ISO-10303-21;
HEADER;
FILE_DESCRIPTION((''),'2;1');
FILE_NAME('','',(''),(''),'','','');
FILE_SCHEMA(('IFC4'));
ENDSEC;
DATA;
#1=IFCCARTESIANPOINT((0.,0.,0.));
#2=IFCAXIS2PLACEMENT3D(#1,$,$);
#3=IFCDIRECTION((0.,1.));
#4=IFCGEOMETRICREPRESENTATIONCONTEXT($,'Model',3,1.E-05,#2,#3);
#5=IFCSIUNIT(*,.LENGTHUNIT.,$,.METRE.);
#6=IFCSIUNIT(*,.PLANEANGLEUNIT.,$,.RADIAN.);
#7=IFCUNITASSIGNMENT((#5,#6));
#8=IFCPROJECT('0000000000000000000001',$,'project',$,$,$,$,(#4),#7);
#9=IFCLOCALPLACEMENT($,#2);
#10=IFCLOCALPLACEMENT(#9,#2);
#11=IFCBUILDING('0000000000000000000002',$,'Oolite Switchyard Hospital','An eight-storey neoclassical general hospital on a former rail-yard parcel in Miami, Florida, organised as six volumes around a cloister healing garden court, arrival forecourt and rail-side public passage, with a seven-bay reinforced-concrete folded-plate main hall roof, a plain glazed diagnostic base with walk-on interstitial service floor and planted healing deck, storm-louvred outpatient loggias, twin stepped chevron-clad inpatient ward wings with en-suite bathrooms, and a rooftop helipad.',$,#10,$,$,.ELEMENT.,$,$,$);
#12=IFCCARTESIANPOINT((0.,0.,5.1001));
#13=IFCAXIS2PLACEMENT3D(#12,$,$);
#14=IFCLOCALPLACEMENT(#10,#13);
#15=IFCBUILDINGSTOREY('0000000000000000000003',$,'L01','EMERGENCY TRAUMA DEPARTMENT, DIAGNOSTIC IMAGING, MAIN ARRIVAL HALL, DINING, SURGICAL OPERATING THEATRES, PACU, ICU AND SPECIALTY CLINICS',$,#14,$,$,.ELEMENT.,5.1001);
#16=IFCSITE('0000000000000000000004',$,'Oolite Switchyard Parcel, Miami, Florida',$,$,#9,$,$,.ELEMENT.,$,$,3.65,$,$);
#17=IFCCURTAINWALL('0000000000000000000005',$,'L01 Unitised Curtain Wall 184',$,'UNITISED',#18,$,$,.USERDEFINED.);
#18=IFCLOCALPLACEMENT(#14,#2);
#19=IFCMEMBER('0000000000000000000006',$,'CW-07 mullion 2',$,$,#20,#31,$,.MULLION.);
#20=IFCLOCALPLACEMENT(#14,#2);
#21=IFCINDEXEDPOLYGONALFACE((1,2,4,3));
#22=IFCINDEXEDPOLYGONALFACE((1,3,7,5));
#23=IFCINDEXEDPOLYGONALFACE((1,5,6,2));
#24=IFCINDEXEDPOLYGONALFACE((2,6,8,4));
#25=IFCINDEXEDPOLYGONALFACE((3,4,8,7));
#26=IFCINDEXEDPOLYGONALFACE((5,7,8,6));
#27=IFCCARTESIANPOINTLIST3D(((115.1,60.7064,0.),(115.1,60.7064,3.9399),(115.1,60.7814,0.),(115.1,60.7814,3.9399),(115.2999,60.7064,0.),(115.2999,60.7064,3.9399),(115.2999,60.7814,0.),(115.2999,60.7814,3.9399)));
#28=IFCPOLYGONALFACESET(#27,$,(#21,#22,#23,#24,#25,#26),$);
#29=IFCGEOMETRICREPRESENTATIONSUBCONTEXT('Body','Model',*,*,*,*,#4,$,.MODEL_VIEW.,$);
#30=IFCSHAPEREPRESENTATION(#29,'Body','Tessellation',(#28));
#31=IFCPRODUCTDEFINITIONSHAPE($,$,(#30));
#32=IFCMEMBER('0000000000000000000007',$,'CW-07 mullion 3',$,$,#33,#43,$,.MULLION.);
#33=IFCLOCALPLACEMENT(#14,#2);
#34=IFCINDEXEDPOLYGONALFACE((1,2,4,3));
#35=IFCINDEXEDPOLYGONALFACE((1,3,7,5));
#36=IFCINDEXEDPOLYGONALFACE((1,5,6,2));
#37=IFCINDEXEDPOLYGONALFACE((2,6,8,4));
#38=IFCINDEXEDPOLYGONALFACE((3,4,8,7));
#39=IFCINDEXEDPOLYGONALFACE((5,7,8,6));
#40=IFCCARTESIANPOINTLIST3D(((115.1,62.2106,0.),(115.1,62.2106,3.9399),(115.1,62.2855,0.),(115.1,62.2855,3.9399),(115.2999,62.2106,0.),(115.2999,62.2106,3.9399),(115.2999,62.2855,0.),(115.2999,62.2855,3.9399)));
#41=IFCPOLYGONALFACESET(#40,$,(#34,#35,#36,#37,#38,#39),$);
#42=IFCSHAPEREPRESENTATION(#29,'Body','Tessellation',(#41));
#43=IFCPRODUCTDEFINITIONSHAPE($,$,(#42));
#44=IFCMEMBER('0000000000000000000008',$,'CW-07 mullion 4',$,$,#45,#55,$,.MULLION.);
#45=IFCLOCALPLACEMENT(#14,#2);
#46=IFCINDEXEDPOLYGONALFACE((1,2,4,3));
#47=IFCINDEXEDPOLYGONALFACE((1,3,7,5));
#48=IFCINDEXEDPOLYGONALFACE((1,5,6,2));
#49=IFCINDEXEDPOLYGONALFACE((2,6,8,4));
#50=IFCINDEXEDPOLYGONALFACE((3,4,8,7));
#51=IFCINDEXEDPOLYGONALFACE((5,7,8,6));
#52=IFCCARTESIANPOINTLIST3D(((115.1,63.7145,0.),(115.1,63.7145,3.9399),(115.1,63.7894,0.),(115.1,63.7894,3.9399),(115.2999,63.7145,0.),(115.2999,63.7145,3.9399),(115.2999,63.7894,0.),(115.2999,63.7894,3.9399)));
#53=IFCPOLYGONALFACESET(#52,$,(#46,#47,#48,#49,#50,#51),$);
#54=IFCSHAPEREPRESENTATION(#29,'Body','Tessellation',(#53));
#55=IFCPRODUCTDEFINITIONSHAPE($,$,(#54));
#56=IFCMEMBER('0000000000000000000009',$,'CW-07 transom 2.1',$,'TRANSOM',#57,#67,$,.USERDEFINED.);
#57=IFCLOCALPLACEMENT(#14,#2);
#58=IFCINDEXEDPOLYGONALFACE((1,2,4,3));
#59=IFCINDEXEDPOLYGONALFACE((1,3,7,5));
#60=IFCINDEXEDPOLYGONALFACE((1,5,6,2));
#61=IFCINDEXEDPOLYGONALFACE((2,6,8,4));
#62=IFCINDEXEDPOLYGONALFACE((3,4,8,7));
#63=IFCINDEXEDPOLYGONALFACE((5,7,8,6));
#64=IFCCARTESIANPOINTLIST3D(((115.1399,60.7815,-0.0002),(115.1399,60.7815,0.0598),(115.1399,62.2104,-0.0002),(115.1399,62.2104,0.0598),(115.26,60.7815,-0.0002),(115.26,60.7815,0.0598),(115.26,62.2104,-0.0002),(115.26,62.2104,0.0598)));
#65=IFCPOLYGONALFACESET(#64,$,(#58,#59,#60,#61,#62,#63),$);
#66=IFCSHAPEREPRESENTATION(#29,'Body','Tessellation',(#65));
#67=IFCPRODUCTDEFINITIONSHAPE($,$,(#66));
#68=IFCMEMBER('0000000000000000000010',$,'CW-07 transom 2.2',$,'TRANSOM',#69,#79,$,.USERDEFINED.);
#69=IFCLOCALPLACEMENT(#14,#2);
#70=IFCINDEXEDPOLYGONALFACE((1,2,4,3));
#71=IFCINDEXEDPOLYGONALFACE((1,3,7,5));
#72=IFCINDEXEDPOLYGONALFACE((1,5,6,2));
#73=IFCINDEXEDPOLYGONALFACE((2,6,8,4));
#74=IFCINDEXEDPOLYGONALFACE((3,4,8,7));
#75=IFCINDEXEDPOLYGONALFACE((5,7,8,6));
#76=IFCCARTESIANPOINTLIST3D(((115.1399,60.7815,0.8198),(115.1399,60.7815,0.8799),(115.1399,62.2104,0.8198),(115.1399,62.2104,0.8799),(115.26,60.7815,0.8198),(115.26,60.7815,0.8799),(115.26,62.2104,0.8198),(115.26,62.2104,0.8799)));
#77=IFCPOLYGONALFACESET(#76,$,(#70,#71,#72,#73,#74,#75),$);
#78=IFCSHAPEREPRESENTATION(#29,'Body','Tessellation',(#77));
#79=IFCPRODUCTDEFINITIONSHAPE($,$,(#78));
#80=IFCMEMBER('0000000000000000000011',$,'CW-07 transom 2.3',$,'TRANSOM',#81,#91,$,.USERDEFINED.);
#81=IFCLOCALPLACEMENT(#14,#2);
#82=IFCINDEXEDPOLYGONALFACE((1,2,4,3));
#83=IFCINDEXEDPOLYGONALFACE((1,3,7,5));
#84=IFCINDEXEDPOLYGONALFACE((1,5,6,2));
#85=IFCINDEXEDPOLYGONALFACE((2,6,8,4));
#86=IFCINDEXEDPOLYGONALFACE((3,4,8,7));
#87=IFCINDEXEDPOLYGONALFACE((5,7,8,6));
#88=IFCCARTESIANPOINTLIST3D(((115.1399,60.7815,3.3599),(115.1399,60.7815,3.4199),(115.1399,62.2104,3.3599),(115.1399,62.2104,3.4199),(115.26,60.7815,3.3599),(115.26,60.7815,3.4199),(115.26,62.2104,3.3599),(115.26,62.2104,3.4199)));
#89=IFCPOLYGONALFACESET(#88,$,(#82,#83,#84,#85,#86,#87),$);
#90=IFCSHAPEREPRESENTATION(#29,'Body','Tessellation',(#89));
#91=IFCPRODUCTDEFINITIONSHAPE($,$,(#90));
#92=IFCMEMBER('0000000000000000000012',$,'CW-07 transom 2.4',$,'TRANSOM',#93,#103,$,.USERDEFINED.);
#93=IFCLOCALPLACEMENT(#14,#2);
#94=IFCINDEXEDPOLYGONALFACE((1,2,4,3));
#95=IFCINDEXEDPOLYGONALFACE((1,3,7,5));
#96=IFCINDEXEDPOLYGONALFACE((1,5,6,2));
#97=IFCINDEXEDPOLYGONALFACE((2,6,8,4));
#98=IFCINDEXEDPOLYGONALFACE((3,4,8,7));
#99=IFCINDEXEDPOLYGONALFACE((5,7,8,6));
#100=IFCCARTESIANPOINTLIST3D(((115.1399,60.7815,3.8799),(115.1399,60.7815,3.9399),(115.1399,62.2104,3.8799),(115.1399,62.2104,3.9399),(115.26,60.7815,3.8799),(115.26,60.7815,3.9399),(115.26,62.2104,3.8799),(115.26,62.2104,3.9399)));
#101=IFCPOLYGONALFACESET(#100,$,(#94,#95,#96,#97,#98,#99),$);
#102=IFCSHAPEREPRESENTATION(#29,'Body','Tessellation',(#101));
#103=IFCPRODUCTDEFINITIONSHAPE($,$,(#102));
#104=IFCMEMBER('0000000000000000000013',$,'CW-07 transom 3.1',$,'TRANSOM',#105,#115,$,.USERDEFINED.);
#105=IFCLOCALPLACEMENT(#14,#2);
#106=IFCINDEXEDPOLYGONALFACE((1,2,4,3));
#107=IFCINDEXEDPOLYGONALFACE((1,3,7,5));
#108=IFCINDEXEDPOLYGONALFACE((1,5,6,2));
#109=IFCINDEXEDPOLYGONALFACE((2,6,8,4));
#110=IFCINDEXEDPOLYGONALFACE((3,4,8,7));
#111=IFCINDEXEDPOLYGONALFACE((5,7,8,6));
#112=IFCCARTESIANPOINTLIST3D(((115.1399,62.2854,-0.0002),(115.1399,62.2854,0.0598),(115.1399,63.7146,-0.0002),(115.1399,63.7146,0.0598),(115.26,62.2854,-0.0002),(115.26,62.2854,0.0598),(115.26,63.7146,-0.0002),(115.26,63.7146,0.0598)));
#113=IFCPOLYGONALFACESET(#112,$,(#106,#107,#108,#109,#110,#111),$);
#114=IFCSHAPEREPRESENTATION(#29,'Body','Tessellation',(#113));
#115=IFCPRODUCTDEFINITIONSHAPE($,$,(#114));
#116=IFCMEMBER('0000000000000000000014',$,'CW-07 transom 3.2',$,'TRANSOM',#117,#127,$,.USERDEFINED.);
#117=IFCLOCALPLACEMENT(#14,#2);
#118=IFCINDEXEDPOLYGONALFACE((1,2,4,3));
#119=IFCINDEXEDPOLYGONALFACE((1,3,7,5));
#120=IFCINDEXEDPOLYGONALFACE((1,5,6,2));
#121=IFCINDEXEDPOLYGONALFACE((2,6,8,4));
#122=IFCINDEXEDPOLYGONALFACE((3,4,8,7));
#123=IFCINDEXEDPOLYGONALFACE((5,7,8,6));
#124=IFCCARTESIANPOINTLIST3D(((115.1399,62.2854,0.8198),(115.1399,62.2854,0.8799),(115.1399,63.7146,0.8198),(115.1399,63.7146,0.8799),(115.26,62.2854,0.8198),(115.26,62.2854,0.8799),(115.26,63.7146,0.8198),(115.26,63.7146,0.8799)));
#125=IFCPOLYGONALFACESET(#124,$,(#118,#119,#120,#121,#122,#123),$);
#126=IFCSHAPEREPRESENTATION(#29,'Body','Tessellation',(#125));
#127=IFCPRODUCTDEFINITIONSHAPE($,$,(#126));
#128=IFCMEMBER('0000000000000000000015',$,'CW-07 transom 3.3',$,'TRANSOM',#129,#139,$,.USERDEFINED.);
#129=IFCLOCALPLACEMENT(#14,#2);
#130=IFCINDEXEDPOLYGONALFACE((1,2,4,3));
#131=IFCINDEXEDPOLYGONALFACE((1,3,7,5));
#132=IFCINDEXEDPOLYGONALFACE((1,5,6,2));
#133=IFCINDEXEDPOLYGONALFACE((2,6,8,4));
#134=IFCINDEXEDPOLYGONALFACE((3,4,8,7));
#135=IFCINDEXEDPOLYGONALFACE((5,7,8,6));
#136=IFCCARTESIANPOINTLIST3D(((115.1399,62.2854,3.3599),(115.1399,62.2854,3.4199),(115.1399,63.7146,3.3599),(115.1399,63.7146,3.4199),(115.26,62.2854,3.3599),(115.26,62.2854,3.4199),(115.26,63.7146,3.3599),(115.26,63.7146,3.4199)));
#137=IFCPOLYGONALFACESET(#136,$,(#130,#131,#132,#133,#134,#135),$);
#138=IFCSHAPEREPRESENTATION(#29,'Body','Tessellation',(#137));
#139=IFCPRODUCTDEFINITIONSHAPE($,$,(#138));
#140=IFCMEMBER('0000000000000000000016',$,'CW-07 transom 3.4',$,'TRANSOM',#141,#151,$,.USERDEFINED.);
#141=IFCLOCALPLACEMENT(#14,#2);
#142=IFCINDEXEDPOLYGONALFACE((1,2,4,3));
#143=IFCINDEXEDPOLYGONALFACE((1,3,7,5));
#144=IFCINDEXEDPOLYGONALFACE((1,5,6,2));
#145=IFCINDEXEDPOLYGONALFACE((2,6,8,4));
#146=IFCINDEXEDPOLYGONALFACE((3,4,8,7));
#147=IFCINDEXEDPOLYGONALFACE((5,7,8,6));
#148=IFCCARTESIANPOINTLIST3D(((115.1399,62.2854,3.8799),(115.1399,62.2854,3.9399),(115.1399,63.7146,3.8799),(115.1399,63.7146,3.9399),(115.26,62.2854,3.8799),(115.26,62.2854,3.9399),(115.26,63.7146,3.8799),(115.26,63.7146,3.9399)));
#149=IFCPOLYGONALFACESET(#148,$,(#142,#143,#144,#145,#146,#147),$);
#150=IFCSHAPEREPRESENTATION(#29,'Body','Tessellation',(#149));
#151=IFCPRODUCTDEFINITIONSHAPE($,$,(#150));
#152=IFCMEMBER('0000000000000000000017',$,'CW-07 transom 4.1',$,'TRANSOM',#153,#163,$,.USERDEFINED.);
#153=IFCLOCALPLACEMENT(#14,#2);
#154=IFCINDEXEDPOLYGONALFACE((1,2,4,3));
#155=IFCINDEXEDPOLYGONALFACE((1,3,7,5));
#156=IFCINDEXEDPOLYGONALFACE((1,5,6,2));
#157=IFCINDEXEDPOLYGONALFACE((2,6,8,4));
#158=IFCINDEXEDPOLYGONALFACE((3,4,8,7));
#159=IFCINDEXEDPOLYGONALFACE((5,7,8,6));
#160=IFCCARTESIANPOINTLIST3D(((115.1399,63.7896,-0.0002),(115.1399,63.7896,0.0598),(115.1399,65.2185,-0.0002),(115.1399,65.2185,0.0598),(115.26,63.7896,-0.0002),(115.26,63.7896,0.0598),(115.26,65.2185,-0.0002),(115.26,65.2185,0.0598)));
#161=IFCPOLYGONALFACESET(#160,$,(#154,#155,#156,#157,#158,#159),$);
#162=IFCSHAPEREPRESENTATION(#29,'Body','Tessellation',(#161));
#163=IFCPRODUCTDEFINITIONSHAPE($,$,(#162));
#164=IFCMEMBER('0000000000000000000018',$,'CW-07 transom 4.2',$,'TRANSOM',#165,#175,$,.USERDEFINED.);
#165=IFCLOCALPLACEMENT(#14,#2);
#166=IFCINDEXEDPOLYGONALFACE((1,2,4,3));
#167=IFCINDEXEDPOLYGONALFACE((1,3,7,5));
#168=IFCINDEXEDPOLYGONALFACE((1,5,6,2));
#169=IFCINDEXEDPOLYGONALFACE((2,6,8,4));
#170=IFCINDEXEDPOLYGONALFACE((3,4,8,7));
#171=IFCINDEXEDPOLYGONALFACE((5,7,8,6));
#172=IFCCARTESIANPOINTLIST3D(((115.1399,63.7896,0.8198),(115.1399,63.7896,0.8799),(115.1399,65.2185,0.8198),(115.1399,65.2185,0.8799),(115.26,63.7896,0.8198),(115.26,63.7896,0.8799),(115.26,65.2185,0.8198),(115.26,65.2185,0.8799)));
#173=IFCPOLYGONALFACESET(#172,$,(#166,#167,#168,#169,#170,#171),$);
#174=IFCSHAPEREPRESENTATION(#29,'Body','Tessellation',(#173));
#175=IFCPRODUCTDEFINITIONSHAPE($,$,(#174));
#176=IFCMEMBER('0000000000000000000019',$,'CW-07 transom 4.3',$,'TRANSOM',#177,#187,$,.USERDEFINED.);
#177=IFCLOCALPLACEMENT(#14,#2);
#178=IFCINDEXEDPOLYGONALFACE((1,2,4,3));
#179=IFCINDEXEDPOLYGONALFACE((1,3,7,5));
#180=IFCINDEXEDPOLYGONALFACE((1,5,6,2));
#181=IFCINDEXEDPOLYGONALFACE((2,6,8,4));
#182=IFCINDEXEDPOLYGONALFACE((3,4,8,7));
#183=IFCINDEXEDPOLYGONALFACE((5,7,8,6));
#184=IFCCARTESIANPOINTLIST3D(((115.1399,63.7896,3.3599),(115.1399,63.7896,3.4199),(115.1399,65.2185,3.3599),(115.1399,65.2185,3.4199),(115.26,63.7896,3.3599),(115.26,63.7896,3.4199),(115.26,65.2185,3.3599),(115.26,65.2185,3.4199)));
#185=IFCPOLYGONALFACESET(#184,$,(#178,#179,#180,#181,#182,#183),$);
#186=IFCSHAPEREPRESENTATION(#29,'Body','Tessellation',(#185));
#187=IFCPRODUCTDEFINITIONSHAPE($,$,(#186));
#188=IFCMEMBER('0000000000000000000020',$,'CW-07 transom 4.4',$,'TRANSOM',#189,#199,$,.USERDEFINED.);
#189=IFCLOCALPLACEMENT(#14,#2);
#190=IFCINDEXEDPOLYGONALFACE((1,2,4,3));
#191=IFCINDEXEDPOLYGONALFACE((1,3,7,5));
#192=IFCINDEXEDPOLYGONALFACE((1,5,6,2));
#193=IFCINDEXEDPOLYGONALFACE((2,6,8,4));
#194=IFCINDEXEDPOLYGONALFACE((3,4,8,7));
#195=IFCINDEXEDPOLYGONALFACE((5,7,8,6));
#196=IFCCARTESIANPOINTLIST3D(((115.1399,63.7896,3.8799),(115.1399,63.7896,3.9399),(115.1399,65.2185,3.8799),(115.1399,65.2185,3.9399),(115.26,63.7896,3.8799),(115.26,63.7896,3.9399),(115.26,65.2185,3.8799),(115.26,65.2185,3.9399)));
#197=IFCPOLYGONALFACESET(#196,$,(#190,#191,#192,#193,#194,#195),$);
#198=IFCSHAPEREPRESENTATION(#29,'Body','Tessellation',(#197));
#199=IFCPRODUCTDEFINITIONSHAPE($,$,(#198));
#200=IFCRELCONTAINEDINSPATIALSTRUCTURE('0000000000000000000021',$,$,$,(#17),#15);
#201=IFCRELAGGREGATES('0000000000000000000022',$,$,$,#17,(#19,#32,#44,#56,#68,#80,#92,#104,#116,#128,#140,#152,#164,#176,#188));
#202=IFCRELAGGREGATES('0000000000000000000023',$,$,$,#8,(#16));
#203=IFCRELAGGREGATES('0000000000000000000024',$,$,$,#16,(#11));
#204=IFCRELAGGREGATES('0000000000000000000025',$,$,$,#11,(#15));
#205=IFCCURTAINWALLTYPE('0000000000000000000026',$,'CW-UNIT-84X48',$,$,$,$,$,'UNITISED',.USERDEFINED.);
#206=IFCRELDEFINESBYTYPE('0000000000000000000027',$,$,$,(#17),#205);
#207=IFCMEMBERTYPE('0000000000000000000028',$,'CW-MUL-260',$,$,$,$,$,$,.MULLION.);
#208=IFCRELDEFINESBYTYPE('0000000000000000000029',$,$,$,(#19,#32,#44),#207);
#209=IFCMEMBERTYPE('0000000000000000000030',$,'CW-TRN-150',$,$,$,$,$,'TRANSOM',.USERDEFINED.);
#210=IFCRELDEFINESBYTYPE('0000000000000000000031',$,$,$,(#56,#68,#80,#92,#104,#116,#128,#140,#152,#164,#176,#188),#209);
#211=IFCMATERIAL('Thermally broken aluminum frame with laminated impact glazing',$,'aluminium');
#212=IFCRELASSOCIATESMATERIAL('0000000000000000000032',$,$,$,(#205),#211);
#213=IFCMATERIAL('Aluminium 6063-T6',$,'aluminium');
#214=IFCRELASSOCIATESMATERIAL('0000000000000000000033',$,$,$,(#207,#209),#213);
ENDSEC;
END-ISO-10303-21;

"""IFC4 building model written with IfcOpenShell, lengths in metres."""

from ifc_helpers import new_model, si_unit, direction, frame, origin, origin_2d, place, context, subcontext, project, spatial, rectangle, extrude, material, material_profile, profile_set, type_object, element, aggregate, save


model = new_model("IFC4")

# Units and contexts
model_context = context("Model", 3, precision=1e-05, world=origin(), true_north=direction((0.0, 1.0)))
body_context = subcontext(model_context, "Body", "Model", "MODEL_VIEW")
ifc_project = project(units=[si_unit("LENGTHUNIT", "METRE"), si_unit("PLANEANGLEUNIT", "RADIAN")], contexts=[model_context])

# Site, building, storey
site_placement = place(None, origin())
site = spatial("IfcSite", under=ifc_project, at=site_placement, Name="Oolite Switchyard Parcel, Miami, Florida", CompositionType="ELEMENT", RefElevation=3.65)
building_placement = place(site_placement, origin())
building = spatial("IfcBuilding", under=site, at=building_placement, Name="Oolite Switchyard Hospital", Description="An eight-storey neoclassical general hospital on a former rail-yard parcel in Miami, Florida, organised as six volumes around a cloister healing garden court, arrival forecourt and rail-side public passage, with a seven-bay reinforced-concrete folded-plate main hall roof, a plain glazed diagnostic base with walk-on interstitial service floor and planted healing deck, storm-louvred outpatient loggias, twin stepped chevron-clad inpatient ward wings with en-suite bathrooms, and a rooftop helipad.", CompositionType="ELEMENT")
storey_placement = place(building_placement, frame((0.0, 0.0, 5.1001)))
storey = spatial("IfcBuildingStorey", under=building, at=storey_placement, Name="L01", Description="EMERGENCY TRAUMA DEPARTMENT, DIAGNOSTIC IMAGING, MAIN ARRIVAL HALL, DINING, SURGICAL OPERATING THEATRES, PACU, ICU AND SPECIALTY CLINICS", CompositionType="ELEMENT", Elevation=5.1001)

# Curtain wall, members
ifc_material_1 = material(Name="Thermally broken aluminum frame with laminated impact glazing", Category="aluminium")
curtain_wall_type = type_object("IfcCurtainWallType", Name="CW-UNIT-84X48", ElementType="UNITISED", PredefinedType="USERDEFINED", material=ifc_material_1)
curtain_wall_placement = place(storey_placement, origin())
curtain_wall = element("IfcCurtainWall", 1, at=curtain_wall_placement, inside=storey, type_object=curtain_wall_type, Name="L01 Unitised Curtain Wall 184", ObjectType="UNITISED", PredefinedType="USERDEFINED")
ifc_material_2 = material(Name="Aluminium 6063-T6", Category="aluminium")
ifc_material_profile_1 = material_profile(ifc_material_2, rectangle(XDim=0.2, YDim=0.075, at=origin_2d()), Name="CWM75X200")
ifc_profile_set_1 = profile_set([ifc_material_profile_1], Name="Aluminium 6063-T6")
member_type_1 = type_object("IfcMemberType", Name="CW-MUL-260", PredefinedType="MULLION", material=ifc_profile_set_1)
member_1_placement = place(storey_placement, frame((115.2, 60.7439, 0.0), z_axis=(0.0, 0.0, 1.0), x_axis=(-1.0, 0.0, 0.0)))
member_1 = element("IfcMember", 2, at=member_1_placement, type_object=member_type_1, Name="CW-07 mullion 2", PredefinedType="MULLION", context=body_context, shape_type="SweptSolid", body=[
    extrude(rectangle(XDim=0.2, YDim=0.075, at=origin_2d()), origin(), (0.0, 0.0, 1.0), 3.9399),
])
member_2_placement = place(storey_placement, frame((115.2, 62.248, 0.0), z_axis=(0.0, 0.0, 1.0), x_axis=(-1.0, 0.0, 0.0)))
member_2 = element("IfcMember", 3, at=member_2_placement, type_object=member_type_1, Name="CW-07 mullion 3", PredefinedType="MULLION", context=body_context, shape_type="SweptSolid", body=[
    extrude(rectangle(XDim=0.2, YDim=0.075, at=origin_2d()), origin(), (0.0, 0.0, 1.0), 3.9399),
])
member_3_placement = place(storey_placement, frame((115.2, 63.752, 0.0), z_axis=(0.0, 0.0, 1.0), x_axis=(-1.0, 0.0, 0.0)))
member_3 = element("IfcMember", 4, at=member_3_placement, type_object=member_type_1, Name="CW-07 mullion 4", PredefinedType="MULLION", context=body_context, shape_type="SweptSolid", body=[
    extrude(rectangle(XDim=0.2, YDim=0.075, at=origin_2d()), origin(), (0.0, 0.0, 1.0), 3.9399),
])
ifc_material_profile_2 = material_profile(ifc_material_2, rectangle(XDim=0.1201, YDim=0.0601, at=origin_2d()), Name="CWT60X120")
ifc_profile_set_2 = profile_set([ifc_material_profile_2], Name="Aluminium 6063-T6")
member_type_2 = type_object("IfcMemberType", Name="CW-TRN-150", ElementType="TRANSOM", PredefinedType="USERDEFINED", material=ifc_profile_set_2)
member_4_placement = place(storey_placement, frame((115.2, 60.7815, 0.0298), z_axis=(0.0, 1.0, 0.0), x_axis=(-1.0, 0.0, 0.0)))
member_4 = element("IfcMember", 5, at=member_4_placement, type_object=member_type_2, Name="CW-07 transom 2.1", ObjectType="TRANSOM", PredefinedType="USERDEFINED", context=body_context, shape_type="SweptSolid", body=[
    extrude(rectangle(XDim=0.1201, YDim=0.0601, at=origin_2d()), origin(), (0.0, 0.0, 1.0), 1.429),
])
member_5_placement = place(storey_placement, frame((115.2, 60.7815, 0.8499), z_axis=(0.0, 1.0, 0.0), x_axis=(-1.0, 0.0, 0.0)))
member_5 = element("IfcMember", 6, at=member_5_placement, type_object=member_type_2, Name="CW-07 transom 2.2", ObjectType="TRANSOM", PredefinedType="USERDEFINED", context=body_context, shape_type="SweptSolid", body=[
    extrude(rectangle(XDim=0.1201, YDim=0.0601, at=origin_2d()), origin(), (0.0, 0.0, 1.0), 1.429),
])
member_6_placement = place(storey_placement, frame((115.2, 60.7815, 3.3899), z_axis=(0.0, 1.0, 0.0), x_axis=(-1.0, 0.0, 0.0)))
member_6 = element("IfcMember", 7, at=member_6_placement, type_object=member_type_2, Name="CW-07 transom 2.3", ObjectType="TRANSOM", PredefinedType="USERDEFINED", context=body_context, shape_type="SweptSolid", body=[
    extrude(rectangle(XDim=0.1201, YDim=0.0601, at=origin_2d()), origin(), (0.0, 0.0, 1.0), 1.429),
])
member_7_placement = place(storey_placement, frame((115.2, 60.7815, 3.9099), z_axis=(0.0, 1.0, 0.0), x_axis=(-1.0, 0.0, 0.0)))
member_7 = element("IfcMember", 8, at=member_7_placement, type_object=member_type_2, Name="CW-07 transom 2.4", ObjectType="TRANSOM", PredefinedType="USERDEFINED", context=body_context, shape_type="SweptSolid", body=[
    extrude(rectangle(XDim=0.1201, YDim=0.0601, at=origin_2d()), origin(), (0.0, 0.0, 1.0), 1.429),
])
member_8_placement = place(storey_placement, frame((115.2, 62.2854, 0.0298), z_axis=(0.0, 1.0, 0.0), x_axis=(-1.0, 0.0, 0.0)))
member_8 = element("IfcMember", 9, at=member_8_placement, type_object=member_type_2, Name="CW-07 transom 3.1", ObjectType="TRANSOM", PredefinedType="USERDEFINED", context=body_context, shape_type="SweptSolid", body=[
    extrude(rectangle(XDim=0.1201, YDim=0.0601, at=origin_2d()), origin(), (0.0, 0.0, 1.0), 1.4292),
])
member_9_placement = place(storey_placement, frame((115.2, 62.2854, 0.8499), z_axis=(0.0, 1.0, 0.0), x_axis=(-1.0, 0.0, 0.0)))
member_9 = element("IfcMember", 10, at=member_9_placement, type_object=member_type_2, Name="CW-07 transom 3.2", ObjectType="TRANSOM", PredefinedType="USERDEFINED", context=body_context, shape_type="SweptSolid", body=[
    extrude(rectangle(XDim=0.1201, YDim=0.0601, at=origin_2d()), origin(), (0.0, 0.0, 1.0), 1.4292),
])
member_10_placement = place(storey_placement, frame((115.2, 62.2854, 3.3899), z_axis=(0.0, 1.0, 0.0), x_axis=(-1.0, 0.0, 0.0)))
member_10 = element("IfcMember", 11, at=member_10_placement, type_object=member_type_2, Name="CW-07 transom 3.3", ObjectType="TRANSOM", PredefinedType="USERDEFINED", context=body_context, shape_type="SweptSolid", body=[
    extrude(rectangle(XDim=0.1201, YDim=0.0601, at=origin_2d()), origin(), (0.0, 0.0, 1.0), 1.4292),
])
member_11_placement = place(storey_placement, frame((115.2, 62.2854, 3.9099), z_axis=(0.0, 1.0, 0.0), x_axis=(-1.0, 0.0, 0.0)))
member_11 = element("IfcMember", 12, at=member_11_placement, type_object=member_type_2, Name="CW-07 transom 3.4", ObjectType="TRANSOM", PredefinedType="USERDEFINED", context=body_context, shape_type="SweptSolid", body=[
    extrude(rectangle(XDim=0.1201, YDim=0.0601, at=origin_2d()), origin(), (0.0, 0.0, 1.0), 1.4292),
])
member_12_placement = place(storey_placement, frame((115.2, 63.7896, 0.0298), z_axis=(0.0, 1.0, 0.0), x_axis=(-1.0, 0.0, 0.0)))
member_12 = element("IfcMember", 13, at=member_12_placement, type_object=member_type_2, Name="CW-07 transom 4.1", ObjectType="TRANSOM", PredefinedType="USERDEFINED", context=body_context, shape_type="SweptSolid", body=[
    extrude(rectangle(XDim=0.1201, YDim=0.0601, at=origin_2d()), origin(), (0.0, 0.0, 1.0), 1.429),
])
member_13_placement = place(storey_placement, frame((115.2, 63.7896, 0.8499), z_axis=(0.0, 1.0, 0.0), x_axis=(-1.0, 0.0, 0.0)))
member_13 = element("IfcMember", 14, at=member_13_placement, type_object=member_type_2, Name="CW-07 transom 4.2", ObjectType="TRANSOM", PredefinedType="USERDEFINED", context=body_context, shape_type="SweptSolid", body=[
    extrude(rectangle(XDim=0.1201, YDim=0.0601, at=origin_2d()), origin(), (0.0, 0.0, 1.0), 1.429),
])
member_14_placement = place(storey_placement, frame((115.2, 63.7896, 3.3899), z_axis=(0.0, 1.0, 0.0), x_axis=(-1.0, 0.0, 0.0)))
member_14 = element("IfcMember", 15, at=member_14_placement, type_object=member_type_2, Name="CW-07 transom 4.3", ObjectType="TRANSOM", PredefinedType="USERDEFINED", context=body_context, shape_type="SweptSolid", body=[
    extrude(rectangle(XDim=0.1201, YDim=0.0601, at=origin_2d()), origin(), (0.0, 0.0, 1.0), 1.429),
])
member_15_placement = place(storey_placement, frame((115.2, 63.7896, 3.9099), z_axis=(0.0, 1.0, 0.0), x_axis=(-1.0, 0.0, 0.0)))
member_15 = element("IfcMember", 16, at=member_15_placement, type_object=member_type_2, Name="CW-07 transom 4.4", ObjectType="TRANSOM", PredefinedType="USERDEFINED", context=body_context, shape_type="SweptSolid", body=[
    extrude(rectangle(XDim=0.1201, YDim=0.0601, at=origin_2d()), origin(), (0.0, 0.0, 1.0), 1.429),
])
aggregate(curtain_wall, [member_1, member_2, member_3, member_4, member_5, member_6, member_7, member_8, member_9, member_10, member_11, member_12, member_13, member_14, member_15])

save(model, "model.ifc")
